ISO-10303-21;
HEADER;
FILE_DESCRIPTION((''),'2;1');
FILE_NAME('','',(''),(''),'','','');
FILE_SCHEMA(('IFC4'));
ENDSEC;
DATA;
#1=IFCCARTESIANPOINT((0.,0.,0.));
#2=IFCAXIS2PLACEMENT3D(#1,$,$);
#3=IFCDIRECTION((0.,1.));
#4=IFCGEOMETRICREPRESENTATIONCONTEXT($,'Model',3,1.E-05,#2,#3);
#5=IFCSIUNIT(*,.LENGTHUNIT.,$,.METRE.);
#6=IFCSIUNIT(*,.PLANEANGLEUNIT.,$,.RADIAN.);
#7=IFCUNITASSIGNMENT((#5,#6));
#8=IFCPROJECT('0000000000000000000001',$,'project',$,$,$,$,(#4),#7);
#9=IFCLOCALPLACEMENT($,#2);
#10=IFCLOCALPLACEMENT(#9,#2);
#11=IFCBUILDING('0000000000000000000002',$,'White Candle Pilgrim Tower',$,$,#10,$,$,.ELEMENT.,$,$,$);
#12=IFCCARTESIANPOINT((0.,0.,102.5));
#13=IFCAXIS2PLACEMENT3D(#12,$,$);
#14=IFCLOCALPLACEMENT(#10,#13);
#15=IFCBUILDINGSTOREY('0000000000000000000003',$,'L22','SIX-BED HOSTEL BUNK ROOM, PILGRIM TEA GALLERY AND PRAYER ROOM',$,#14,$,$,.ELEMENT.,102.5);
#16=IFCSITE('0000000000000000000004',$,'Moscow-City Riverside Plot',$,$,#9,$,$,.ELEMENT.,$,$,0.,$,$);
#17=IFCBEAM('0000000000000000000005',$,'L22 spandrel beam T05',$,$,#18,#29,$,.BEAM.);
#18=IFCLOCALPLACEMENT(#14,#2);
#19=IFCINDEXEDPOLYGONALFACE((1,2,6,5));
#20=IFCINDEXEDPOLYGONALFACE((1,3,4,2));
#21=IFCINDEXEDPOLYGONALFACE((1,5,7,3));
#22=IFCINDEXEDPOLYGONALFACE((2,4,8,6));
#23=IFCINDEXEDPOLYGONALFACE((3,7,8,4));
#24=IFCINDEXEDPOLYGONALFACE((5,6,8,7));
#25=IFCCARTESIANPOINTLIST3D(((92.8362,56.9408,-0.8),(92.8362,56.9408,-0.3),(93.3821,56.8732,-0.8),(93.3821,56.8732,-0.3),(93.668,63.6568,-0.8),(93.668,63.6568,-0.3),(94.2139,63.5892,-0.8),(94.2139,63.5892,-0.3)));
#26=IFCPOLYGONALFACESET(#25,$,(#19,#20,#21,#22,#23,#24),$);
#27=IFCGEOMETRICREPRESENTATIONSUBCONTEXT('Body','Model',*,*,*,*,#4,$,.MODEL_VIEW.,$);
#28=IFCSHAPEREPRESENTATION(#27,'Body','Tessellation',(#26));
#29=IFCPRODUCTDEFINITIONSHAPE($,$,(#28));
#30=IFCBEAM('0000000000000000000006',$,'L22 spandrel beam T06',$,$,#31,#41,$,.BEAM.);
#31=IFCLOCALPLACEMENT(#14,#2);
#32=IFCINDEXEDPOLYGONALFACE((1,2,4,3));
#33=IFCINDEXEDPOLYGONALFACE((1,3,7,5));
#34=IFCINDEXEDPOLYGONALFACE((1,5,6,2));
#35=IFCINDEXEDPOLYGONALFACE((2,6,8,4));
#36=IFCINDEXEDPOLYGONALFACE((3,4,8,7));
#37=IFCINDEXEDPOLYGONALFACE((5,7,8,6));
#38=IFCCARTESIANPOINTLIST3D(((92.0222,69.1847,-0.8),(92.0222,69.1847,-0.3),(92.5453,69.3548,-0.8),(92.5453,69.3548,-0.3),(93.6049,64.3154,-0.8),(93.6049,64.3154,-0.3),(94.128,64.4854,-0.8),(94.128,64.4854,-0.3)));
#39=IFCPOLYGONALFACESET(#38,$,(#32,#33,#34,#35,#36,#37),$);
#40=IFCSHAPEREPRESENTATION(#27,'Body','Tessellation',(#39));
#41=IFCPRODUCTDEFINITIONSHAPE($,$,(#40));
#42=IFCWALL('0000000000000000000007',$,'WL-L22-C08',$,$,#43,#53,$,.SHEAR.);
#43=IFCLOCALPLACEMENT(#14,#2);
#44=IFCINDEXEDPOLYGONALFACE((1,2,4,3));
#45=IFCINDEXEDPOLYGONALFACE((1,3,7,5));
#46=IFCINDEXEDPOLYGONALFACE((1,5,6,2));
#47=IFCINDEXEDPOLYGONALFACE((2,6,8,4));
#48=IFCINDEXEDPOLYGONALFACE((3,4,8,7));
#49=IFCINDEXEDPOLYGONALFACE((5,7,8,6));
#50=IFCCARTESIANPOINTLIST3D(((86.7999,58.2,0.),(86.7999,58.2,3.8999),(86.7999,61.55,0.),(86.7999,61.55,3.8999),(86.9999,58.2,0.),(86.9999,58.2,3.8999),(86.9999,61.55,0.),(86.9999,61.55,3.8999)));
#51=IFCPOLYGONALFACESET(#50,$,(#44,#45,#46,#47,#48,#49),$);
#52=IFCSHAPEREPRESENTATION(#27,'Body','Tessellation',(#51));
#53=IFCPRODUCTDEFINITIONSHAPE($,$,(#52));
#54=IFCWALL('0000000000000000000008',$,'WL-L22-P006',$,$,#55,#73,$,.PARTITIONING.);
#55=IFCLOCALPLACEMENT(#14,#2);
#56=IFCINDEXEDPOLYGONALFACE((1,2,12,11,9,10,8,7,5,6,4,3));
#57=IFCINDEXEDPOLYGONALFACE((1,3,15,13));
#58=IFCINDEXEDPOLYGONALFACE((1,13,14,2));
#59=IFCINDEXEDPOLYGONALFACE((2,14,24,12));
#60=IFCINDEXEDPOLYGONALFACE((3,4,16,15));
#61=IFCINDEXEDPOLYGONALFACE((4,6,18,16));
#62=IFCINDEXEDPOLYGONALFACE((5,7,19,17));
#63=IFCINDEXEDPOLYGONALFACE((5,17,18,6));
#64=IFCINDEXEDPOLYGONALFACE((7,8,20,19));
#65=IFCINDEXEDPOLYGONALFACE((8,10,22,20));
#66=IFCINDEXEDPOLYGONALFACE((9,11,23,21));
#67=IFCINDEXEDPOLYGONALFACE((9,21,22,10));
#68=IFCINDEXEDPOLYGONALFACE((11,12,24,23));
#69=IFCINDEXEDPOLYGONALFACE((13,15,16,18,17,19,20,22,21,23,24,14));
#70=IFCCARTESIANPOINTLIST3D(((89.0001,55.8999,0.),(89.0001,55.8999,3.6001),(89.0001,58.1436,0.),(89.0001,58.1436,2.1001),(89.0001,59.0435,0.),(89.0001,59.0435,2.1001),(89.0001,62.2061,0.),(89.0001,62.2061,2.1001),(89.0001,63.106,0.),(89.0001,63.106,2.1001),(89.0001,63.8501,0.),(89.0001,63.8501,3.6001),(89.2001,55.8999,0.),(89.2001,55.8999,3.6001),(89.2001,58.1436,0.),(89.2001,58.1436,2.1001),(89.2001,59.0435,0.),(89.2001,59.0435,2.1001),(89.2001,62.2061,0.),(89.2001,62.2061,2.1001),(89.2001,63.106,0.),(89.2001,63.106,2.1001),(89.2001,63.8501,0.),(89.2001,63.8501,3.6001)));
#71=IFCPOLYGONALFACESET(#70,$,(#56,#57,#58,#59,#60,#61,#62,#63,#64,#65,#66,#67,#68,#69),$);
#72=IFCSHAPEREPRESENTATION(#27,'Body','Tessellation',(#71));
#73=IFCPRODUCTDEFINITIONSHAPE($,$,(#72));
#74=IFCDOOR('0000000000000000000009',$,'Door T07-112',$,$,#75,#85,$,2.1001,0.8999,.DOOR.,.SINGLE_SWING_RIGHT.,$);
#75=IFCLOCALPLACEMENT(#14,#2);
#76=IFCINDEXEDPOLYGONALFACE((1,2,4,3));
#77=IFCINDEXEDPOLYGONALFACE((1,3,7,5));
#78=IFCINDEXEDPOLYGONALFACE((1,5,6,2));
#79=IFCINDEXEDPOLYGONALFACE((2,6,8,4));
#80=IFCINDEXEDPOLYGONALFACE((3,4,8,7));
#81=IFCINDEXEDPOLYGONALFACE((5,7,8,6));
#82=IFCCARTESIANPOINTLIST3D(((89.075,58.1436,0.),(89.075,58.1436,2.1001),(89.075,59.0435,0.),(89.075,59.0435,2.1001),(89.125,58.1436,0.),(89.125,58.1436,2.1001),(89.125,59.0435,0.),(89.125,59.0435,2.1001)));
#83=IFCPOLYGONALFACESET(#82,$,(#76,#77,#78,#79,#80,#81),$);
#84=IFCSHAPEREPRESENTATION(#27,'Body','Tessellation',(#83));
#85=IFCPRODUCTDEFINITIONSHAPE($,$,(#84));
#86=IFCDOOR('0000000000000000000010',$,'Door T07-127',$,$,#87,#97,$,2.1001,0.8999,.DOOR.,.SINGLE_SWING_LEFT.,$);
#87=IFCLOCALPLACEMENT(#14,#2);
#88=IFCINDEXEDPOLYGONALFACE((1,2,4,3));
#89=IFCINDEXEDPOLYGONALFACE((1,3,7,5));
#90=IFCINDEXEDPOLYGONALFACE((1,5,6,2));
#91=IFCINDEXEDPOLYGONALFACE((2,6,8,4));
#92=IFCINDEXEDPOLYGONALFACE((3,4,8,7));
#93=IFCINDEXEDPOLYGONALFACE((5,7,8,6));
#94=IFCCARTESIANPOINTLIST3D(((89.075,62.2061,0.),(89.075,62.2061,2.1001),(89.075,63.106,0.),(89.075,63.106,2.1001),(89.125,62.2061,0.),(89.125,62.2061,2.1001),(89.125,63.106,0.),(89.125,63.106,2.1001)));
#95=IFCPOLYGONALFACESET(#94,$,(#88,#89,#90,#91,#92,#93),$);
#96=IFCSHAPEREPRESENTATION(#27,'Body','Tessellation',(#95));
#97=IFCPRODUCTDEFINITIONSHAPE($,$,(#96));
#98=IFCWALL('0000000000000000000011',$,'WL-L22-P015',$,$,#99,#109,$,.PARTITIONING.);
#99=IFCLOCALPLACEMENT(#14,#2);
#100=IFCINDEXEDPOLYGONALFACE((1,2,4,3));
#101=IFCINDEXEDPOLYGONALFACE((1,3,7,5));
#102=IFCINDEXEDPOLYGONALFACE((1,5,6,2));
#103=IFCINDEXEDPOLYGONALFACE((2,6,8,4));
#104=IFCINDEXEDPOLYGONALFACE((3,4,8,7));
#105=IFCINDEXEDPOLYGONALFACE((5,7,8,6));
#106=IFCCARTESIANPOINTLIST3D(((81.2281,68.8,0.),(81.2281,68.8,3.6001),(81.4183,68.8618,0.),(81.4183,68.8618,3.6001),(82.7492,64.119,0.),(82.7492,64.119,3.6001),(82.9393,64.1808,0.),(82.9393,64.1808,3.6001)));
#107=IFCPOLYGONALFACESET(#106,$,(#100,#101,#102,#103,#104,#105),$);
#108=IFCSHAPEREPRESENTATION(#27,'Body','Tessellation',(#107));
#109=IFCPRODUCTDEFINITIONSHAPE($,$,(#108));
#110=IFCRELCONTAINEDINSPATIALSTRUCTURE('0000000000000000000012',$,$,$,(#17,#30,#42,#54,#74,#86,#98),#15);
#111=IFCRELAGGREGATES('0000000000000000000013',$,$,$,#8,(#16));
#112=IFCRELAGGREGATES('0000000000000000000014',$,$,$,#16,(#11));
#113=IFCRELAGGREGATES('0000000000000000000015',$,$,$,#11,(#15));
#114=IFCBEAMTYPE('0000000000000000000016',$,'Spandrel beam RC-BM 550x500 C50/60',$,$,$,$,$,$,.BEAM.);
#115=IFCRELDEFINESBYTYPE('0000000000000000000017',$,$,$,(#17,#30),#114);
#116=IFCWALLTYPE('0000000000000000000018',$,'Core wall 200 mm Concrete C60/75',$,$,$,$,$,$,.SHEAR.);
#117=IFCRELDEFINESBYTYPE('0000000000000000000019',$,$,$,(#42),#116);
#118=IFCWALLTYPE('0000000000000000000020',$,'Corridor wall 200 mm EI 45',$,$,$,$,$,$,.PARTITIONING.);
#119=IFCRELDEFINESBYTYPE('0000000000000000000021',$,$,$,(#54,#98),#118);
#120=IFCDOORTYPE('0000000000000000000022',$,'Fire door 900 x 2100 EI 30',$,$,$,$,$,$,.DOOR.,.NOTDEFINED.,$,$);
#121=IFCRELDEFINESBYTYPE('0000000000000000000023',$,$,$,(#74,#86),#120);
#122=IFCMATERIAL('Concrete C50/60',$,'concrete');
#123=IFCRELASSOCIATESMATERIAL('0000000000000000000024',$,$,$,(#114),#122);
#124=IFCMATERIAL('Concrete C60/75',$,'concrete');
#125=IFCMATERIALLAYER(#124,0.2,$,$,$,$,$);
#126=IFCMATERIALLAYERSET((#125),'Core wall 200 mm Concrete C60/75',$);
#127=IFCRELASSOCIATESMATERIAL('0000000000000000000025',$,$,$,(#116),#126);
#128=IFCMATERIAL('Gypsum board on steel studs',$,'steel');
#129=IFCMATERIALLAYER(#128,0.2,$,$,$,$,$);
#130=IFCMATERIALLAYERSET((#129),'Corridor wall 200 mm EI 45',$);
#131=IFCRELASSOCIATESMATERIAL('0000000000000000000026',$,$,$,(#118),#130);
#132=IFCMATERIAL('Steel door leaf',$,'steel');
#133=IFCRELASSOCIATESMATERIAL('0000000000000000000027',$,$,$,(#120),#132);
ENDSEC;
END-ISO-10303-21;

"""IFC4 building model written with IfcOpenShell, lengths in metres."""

from ifc_helpers import new_model, si_unit, direction, frame, frame_2d, origin, origin_2d, place, context, subcontext, project, spatial, rectangle, extrude, material, layer, layer_set, material_profile, profile_set, type_object, element, fill, save


model = new_model("IFC4")

# Units and contexts
model_context = context("Model", 3, precision=1e-05, world=origin(), true_north=direction((0.0, 1.0)))
body_context = subcontext(model_context, "Body", "Model", "MODEL_VIEW")
ifc_project = project(units=[si_unit("LENGTHUNIT", "METRE"), si_unit("PLANEANGLEUNIT", "RADIAN")], contexts=[model_context])

# Site, building, storey
site_placement = place(None, origin())
site = spatial("IfcSite", under=ifc_project, at=site_placement, Name="Moscow-City Riverside Plot", CompositionType="ELEMENT", RefElevation=0.0)
building_placement = place(site_placement, origin())
building = spatial("IfcBuilding", under=site, at=building_placement, Name="White Candle Pilgrim Tower", CompositionType="ELEMENT")
storey_placement = place(building_placement, frame((0.0, 0.0, 102.5)))
storey = spatial("IfcBuildingStorey", under=building, at=storey_placement, Name="L22", Description="SIX-BED HOSTEL BUNK ROOM, PILGRIM TEA GALLERY AND PRAYER ROOM", CompositionType="ELEMENT", Elevation=102.5)

# Beams
ifc_material_1 = material(Name="Concrete C50/60", Category="concrete")
ifc_material_profile_1 = material_profile(ifc_material_1, rectangle(XDim=0.55, YDim=0.5, at=origin_2d()), Name="RC-BM 550x500")
ifc_profile_set_1 = profile_set([ifc_material_profile_1], Name="Concrete C50/60")
beam_type_1 = type_object("IfcBeamType", Name="Spandrel beam RC-BM 550x500 C50/60", PredefinedType="BEAM", material=ifc_profile_set_1)
beam_1_placement = place(storey_placement, frame((93.1091, 56.907, -0.55), z_axis=(0.122911, 0.992418, 0.0), x_axis=(-0.992418, 0.122911, 0.0)))
element("IfcBeam", 1, at=beam_1_placement, inside=storey, type_object=beam_type_1, Name="L22 spandrel beam T05", PredefinedType="BEAM", context=body_context, shape_type="SweptSolid", body=[
    extrude(rectangle(XDim=0.55, YDim=0.5, at=origin_2d()), origin(), (0.0, 0.0, 1.0), 6.7673),
])
beam_2_placement = place(storey_placement, frame((93.8665, 64.4004, -0.55), z_axis=(-0.309124, 0.951022, 0.0), x_axis=(-0.951022, -0.309124, 0.0)))
element("IfcBeam", 2, at=beam_2_placement, inside=storey, type_object=beam_type_1, Name="L22 spandrel beam T06", PredefinedType="BEAM", context=body_context, shape_type="SweptSolid", body=[
    extrude(rectangle(XDim=0.55, YDim=0.5, at=origin_2d()), origin(), (0.0, 0.0, 1.0), 5.1201),
])

# Wall
ifc_material_2 = material(Name="Concrete C60/75", Category="concrete")
ifc_layer_1 = layer(ifc_material_2, 0.2)
ifc_layer_set_1 = layer_set([ifc_layer_1], Name="Core wall 200 mm Concrete C60/75")
wall_type_1 = type_object("IfcWallType", Name="Core wall 200 mm Concrete C60/75", PredefinedType="SHEAR", material=ifc_layer_set_1)
wall_1_placement = place(storey_placement, frame((86.8999, 58.2, 0.0), z_axis=(0.0, 0.0, 1.0), x_axis=(0.0, 1.0, 0.0)))
element("IfcWall", 3, at=wall_1_placement, inside=storey, type_object=wall_type_1, Name="WL-L22-C08", PredefinedType="SHEAR", context=body_context, shape_type="SweptSolid", body=[
    extrude(rectangle(XDim=3.3501, YDim=0.2, at=frame_2d((1.675, 0.0))), origin(), (0.0, 0.0, 1.0), 3.8999),
])

# Wall, openings, doors
ifc_material_3 = material(Name="Gypsum board on steel studs", Category="steel")
ifc_layer_2 = layer(ifc_material_3, 0.2)
ifc_layer_set_2 = layer_set([ifc_layer_2], Name="Corridor wall 200 mm EI 45")
wall_type_2 = type_object("IfcWallType", Name="Corridor wall 200 mm EI 45", PredefinedType="PARTITIONING", material=ifc_layer_set_2)
wall_2_placement = place(storey_placement, frame((89.1001, 63.8501, 0.0), z_axis=(0.0, 0.0, 1.0), x_axis=(0.0, -1.0, 0.0)))
wall_2 = element("IfcWall", 4, at=wall_2_placement, inside=storey, type_object=wall_type_2, Name="WL-L22-P006", PredefinedType="PARTITIONING", context=body_context, shape_type="SweptSolid", body=[
    extrude(rectangle(XDim=7.9502, YDim=0.2, at=frame_2d((3.9751, 0.0))), origin(), (0.0, 0.0, 1.0), 3.6001),
])
opening_1_placement = place(wall_2_placement, frame((4.8066, 0.0, 0.0)))
opening_1 = element("IfcOpeningElement", 5, at=opening_1_placement, cuts=wall_2, PredefinedType="OPENING", context=body_context, shape_type="SweptSolid", body=[
    extrude(rectangle(XDim=0.8999, YDim=2.1001, at=frame_2d((0.45, 1.05))), frame((0.0, 0.1099, 0.0), z_axis=(0.0, -1.0, 0.0), x_axis=(1.0, 0.0, 0.0)), (0.0, 0.0, 1.0), 0.22),
])
opening_2_placement = place(wall_2_placement, frame((0.7441, 0.0, 0.0)))
opening_2 = element("IfcOpeningElement", 6, at=opening_2_placement, cuts=wall_2, PredefinedType="OPENING", context=body_context, shape_type="SweptSolid", body=[
    extrude(rectangle(XDim=0.8999, YDim=2.1001, at=frame_2d((0.45, 1.05))), frame((0.0, 0.1099, 0.0), z_axis=(0.0, -1.0, 0.0), x_axis=(1.0, 0.0, 0.0)), (0.0, 0.0, 1.0), 0.22),
])
ifc_material_4 = material(Name="Steel door leaf", Category="steel")
door_type_1 = type_object("IfcDoorType", Name="Fire door 900 x 2100 EI 30", OperationType="NOTDEFINED", PredefinedType="DOOR", material=ifc_material_4)
door_1_placement = place(opening_1_placement, origin())
door_1 = element("IfcDoor", 7, at=door_1_placement, inside=storey, type_object=door_type_1, Name="Door T07-112", OperationType="SINGLE_SWING_RIGHT", OverallHeight=2.1001, OverallWidth=0.8999, PredefinedType="DOOR", context=body_context, shape_type="SweptSolid", body=[
    extrude(rectangle(XDim=0.8999, YDim=2.1001, at=frame_2d((0.45, 1.05))), frame((0.0, 0.0249, 0.0), z_axis=(0.0, -1.0, 0.0), x_axis=(1.0, 0.0, 0.0)), (0.0, 0.0, 1.0), 0.05),
])
fill(opening_1, door_1)
door_2_placement = place(opening_2_placement, origin())
door_2 = element("IfcDoor", 8, at=door_2_placement, inside=storey, type_object=door_type_1, Name="Door T07-127", OperationType="SINGLE_SWING_LEFT", OverallHeight=2.1001, OverallWidth=0.8999, PredefinedType="DOOR", context=body_context, shape_type="SweptSolid", body=[
    extrude(rectangle(XDim=0.8999, YDim=2.1001, at=frame_2d((0.45, 1.05))), frame((0.0, 0.0249, 0.0), z_axis=(0.0, -1.0, 0.0), x_axis=(1.0, 0.0, 0.0)), (0.0, 0.0, 1.0), 0.05),
])
fill(opening_2, door_2)

# Wall
wall_3_placement = place(storey_placement, frame((82.8442, 64.1499, 0.0), z_axis=(0.0, 0.0, 1.0), x_axis=(-0.309031, 0.951052, 0.0)))
element("IfcWall", 9, at=wall_3_placement, inside=storey, type_object=wall_type_2, Name="WL-L22-P015", PredefinedType="PARTITIONING", context=body_context, shape_type="SweptSolid", body=[
    extrude(rectangle(XDim=4.9219, YDim=0.2, at=frame_2d((2.4609, 0.0))), origin(), (0.0, 0.0, 1.0), 3.6001),
])

save(model, "model.ifc")
